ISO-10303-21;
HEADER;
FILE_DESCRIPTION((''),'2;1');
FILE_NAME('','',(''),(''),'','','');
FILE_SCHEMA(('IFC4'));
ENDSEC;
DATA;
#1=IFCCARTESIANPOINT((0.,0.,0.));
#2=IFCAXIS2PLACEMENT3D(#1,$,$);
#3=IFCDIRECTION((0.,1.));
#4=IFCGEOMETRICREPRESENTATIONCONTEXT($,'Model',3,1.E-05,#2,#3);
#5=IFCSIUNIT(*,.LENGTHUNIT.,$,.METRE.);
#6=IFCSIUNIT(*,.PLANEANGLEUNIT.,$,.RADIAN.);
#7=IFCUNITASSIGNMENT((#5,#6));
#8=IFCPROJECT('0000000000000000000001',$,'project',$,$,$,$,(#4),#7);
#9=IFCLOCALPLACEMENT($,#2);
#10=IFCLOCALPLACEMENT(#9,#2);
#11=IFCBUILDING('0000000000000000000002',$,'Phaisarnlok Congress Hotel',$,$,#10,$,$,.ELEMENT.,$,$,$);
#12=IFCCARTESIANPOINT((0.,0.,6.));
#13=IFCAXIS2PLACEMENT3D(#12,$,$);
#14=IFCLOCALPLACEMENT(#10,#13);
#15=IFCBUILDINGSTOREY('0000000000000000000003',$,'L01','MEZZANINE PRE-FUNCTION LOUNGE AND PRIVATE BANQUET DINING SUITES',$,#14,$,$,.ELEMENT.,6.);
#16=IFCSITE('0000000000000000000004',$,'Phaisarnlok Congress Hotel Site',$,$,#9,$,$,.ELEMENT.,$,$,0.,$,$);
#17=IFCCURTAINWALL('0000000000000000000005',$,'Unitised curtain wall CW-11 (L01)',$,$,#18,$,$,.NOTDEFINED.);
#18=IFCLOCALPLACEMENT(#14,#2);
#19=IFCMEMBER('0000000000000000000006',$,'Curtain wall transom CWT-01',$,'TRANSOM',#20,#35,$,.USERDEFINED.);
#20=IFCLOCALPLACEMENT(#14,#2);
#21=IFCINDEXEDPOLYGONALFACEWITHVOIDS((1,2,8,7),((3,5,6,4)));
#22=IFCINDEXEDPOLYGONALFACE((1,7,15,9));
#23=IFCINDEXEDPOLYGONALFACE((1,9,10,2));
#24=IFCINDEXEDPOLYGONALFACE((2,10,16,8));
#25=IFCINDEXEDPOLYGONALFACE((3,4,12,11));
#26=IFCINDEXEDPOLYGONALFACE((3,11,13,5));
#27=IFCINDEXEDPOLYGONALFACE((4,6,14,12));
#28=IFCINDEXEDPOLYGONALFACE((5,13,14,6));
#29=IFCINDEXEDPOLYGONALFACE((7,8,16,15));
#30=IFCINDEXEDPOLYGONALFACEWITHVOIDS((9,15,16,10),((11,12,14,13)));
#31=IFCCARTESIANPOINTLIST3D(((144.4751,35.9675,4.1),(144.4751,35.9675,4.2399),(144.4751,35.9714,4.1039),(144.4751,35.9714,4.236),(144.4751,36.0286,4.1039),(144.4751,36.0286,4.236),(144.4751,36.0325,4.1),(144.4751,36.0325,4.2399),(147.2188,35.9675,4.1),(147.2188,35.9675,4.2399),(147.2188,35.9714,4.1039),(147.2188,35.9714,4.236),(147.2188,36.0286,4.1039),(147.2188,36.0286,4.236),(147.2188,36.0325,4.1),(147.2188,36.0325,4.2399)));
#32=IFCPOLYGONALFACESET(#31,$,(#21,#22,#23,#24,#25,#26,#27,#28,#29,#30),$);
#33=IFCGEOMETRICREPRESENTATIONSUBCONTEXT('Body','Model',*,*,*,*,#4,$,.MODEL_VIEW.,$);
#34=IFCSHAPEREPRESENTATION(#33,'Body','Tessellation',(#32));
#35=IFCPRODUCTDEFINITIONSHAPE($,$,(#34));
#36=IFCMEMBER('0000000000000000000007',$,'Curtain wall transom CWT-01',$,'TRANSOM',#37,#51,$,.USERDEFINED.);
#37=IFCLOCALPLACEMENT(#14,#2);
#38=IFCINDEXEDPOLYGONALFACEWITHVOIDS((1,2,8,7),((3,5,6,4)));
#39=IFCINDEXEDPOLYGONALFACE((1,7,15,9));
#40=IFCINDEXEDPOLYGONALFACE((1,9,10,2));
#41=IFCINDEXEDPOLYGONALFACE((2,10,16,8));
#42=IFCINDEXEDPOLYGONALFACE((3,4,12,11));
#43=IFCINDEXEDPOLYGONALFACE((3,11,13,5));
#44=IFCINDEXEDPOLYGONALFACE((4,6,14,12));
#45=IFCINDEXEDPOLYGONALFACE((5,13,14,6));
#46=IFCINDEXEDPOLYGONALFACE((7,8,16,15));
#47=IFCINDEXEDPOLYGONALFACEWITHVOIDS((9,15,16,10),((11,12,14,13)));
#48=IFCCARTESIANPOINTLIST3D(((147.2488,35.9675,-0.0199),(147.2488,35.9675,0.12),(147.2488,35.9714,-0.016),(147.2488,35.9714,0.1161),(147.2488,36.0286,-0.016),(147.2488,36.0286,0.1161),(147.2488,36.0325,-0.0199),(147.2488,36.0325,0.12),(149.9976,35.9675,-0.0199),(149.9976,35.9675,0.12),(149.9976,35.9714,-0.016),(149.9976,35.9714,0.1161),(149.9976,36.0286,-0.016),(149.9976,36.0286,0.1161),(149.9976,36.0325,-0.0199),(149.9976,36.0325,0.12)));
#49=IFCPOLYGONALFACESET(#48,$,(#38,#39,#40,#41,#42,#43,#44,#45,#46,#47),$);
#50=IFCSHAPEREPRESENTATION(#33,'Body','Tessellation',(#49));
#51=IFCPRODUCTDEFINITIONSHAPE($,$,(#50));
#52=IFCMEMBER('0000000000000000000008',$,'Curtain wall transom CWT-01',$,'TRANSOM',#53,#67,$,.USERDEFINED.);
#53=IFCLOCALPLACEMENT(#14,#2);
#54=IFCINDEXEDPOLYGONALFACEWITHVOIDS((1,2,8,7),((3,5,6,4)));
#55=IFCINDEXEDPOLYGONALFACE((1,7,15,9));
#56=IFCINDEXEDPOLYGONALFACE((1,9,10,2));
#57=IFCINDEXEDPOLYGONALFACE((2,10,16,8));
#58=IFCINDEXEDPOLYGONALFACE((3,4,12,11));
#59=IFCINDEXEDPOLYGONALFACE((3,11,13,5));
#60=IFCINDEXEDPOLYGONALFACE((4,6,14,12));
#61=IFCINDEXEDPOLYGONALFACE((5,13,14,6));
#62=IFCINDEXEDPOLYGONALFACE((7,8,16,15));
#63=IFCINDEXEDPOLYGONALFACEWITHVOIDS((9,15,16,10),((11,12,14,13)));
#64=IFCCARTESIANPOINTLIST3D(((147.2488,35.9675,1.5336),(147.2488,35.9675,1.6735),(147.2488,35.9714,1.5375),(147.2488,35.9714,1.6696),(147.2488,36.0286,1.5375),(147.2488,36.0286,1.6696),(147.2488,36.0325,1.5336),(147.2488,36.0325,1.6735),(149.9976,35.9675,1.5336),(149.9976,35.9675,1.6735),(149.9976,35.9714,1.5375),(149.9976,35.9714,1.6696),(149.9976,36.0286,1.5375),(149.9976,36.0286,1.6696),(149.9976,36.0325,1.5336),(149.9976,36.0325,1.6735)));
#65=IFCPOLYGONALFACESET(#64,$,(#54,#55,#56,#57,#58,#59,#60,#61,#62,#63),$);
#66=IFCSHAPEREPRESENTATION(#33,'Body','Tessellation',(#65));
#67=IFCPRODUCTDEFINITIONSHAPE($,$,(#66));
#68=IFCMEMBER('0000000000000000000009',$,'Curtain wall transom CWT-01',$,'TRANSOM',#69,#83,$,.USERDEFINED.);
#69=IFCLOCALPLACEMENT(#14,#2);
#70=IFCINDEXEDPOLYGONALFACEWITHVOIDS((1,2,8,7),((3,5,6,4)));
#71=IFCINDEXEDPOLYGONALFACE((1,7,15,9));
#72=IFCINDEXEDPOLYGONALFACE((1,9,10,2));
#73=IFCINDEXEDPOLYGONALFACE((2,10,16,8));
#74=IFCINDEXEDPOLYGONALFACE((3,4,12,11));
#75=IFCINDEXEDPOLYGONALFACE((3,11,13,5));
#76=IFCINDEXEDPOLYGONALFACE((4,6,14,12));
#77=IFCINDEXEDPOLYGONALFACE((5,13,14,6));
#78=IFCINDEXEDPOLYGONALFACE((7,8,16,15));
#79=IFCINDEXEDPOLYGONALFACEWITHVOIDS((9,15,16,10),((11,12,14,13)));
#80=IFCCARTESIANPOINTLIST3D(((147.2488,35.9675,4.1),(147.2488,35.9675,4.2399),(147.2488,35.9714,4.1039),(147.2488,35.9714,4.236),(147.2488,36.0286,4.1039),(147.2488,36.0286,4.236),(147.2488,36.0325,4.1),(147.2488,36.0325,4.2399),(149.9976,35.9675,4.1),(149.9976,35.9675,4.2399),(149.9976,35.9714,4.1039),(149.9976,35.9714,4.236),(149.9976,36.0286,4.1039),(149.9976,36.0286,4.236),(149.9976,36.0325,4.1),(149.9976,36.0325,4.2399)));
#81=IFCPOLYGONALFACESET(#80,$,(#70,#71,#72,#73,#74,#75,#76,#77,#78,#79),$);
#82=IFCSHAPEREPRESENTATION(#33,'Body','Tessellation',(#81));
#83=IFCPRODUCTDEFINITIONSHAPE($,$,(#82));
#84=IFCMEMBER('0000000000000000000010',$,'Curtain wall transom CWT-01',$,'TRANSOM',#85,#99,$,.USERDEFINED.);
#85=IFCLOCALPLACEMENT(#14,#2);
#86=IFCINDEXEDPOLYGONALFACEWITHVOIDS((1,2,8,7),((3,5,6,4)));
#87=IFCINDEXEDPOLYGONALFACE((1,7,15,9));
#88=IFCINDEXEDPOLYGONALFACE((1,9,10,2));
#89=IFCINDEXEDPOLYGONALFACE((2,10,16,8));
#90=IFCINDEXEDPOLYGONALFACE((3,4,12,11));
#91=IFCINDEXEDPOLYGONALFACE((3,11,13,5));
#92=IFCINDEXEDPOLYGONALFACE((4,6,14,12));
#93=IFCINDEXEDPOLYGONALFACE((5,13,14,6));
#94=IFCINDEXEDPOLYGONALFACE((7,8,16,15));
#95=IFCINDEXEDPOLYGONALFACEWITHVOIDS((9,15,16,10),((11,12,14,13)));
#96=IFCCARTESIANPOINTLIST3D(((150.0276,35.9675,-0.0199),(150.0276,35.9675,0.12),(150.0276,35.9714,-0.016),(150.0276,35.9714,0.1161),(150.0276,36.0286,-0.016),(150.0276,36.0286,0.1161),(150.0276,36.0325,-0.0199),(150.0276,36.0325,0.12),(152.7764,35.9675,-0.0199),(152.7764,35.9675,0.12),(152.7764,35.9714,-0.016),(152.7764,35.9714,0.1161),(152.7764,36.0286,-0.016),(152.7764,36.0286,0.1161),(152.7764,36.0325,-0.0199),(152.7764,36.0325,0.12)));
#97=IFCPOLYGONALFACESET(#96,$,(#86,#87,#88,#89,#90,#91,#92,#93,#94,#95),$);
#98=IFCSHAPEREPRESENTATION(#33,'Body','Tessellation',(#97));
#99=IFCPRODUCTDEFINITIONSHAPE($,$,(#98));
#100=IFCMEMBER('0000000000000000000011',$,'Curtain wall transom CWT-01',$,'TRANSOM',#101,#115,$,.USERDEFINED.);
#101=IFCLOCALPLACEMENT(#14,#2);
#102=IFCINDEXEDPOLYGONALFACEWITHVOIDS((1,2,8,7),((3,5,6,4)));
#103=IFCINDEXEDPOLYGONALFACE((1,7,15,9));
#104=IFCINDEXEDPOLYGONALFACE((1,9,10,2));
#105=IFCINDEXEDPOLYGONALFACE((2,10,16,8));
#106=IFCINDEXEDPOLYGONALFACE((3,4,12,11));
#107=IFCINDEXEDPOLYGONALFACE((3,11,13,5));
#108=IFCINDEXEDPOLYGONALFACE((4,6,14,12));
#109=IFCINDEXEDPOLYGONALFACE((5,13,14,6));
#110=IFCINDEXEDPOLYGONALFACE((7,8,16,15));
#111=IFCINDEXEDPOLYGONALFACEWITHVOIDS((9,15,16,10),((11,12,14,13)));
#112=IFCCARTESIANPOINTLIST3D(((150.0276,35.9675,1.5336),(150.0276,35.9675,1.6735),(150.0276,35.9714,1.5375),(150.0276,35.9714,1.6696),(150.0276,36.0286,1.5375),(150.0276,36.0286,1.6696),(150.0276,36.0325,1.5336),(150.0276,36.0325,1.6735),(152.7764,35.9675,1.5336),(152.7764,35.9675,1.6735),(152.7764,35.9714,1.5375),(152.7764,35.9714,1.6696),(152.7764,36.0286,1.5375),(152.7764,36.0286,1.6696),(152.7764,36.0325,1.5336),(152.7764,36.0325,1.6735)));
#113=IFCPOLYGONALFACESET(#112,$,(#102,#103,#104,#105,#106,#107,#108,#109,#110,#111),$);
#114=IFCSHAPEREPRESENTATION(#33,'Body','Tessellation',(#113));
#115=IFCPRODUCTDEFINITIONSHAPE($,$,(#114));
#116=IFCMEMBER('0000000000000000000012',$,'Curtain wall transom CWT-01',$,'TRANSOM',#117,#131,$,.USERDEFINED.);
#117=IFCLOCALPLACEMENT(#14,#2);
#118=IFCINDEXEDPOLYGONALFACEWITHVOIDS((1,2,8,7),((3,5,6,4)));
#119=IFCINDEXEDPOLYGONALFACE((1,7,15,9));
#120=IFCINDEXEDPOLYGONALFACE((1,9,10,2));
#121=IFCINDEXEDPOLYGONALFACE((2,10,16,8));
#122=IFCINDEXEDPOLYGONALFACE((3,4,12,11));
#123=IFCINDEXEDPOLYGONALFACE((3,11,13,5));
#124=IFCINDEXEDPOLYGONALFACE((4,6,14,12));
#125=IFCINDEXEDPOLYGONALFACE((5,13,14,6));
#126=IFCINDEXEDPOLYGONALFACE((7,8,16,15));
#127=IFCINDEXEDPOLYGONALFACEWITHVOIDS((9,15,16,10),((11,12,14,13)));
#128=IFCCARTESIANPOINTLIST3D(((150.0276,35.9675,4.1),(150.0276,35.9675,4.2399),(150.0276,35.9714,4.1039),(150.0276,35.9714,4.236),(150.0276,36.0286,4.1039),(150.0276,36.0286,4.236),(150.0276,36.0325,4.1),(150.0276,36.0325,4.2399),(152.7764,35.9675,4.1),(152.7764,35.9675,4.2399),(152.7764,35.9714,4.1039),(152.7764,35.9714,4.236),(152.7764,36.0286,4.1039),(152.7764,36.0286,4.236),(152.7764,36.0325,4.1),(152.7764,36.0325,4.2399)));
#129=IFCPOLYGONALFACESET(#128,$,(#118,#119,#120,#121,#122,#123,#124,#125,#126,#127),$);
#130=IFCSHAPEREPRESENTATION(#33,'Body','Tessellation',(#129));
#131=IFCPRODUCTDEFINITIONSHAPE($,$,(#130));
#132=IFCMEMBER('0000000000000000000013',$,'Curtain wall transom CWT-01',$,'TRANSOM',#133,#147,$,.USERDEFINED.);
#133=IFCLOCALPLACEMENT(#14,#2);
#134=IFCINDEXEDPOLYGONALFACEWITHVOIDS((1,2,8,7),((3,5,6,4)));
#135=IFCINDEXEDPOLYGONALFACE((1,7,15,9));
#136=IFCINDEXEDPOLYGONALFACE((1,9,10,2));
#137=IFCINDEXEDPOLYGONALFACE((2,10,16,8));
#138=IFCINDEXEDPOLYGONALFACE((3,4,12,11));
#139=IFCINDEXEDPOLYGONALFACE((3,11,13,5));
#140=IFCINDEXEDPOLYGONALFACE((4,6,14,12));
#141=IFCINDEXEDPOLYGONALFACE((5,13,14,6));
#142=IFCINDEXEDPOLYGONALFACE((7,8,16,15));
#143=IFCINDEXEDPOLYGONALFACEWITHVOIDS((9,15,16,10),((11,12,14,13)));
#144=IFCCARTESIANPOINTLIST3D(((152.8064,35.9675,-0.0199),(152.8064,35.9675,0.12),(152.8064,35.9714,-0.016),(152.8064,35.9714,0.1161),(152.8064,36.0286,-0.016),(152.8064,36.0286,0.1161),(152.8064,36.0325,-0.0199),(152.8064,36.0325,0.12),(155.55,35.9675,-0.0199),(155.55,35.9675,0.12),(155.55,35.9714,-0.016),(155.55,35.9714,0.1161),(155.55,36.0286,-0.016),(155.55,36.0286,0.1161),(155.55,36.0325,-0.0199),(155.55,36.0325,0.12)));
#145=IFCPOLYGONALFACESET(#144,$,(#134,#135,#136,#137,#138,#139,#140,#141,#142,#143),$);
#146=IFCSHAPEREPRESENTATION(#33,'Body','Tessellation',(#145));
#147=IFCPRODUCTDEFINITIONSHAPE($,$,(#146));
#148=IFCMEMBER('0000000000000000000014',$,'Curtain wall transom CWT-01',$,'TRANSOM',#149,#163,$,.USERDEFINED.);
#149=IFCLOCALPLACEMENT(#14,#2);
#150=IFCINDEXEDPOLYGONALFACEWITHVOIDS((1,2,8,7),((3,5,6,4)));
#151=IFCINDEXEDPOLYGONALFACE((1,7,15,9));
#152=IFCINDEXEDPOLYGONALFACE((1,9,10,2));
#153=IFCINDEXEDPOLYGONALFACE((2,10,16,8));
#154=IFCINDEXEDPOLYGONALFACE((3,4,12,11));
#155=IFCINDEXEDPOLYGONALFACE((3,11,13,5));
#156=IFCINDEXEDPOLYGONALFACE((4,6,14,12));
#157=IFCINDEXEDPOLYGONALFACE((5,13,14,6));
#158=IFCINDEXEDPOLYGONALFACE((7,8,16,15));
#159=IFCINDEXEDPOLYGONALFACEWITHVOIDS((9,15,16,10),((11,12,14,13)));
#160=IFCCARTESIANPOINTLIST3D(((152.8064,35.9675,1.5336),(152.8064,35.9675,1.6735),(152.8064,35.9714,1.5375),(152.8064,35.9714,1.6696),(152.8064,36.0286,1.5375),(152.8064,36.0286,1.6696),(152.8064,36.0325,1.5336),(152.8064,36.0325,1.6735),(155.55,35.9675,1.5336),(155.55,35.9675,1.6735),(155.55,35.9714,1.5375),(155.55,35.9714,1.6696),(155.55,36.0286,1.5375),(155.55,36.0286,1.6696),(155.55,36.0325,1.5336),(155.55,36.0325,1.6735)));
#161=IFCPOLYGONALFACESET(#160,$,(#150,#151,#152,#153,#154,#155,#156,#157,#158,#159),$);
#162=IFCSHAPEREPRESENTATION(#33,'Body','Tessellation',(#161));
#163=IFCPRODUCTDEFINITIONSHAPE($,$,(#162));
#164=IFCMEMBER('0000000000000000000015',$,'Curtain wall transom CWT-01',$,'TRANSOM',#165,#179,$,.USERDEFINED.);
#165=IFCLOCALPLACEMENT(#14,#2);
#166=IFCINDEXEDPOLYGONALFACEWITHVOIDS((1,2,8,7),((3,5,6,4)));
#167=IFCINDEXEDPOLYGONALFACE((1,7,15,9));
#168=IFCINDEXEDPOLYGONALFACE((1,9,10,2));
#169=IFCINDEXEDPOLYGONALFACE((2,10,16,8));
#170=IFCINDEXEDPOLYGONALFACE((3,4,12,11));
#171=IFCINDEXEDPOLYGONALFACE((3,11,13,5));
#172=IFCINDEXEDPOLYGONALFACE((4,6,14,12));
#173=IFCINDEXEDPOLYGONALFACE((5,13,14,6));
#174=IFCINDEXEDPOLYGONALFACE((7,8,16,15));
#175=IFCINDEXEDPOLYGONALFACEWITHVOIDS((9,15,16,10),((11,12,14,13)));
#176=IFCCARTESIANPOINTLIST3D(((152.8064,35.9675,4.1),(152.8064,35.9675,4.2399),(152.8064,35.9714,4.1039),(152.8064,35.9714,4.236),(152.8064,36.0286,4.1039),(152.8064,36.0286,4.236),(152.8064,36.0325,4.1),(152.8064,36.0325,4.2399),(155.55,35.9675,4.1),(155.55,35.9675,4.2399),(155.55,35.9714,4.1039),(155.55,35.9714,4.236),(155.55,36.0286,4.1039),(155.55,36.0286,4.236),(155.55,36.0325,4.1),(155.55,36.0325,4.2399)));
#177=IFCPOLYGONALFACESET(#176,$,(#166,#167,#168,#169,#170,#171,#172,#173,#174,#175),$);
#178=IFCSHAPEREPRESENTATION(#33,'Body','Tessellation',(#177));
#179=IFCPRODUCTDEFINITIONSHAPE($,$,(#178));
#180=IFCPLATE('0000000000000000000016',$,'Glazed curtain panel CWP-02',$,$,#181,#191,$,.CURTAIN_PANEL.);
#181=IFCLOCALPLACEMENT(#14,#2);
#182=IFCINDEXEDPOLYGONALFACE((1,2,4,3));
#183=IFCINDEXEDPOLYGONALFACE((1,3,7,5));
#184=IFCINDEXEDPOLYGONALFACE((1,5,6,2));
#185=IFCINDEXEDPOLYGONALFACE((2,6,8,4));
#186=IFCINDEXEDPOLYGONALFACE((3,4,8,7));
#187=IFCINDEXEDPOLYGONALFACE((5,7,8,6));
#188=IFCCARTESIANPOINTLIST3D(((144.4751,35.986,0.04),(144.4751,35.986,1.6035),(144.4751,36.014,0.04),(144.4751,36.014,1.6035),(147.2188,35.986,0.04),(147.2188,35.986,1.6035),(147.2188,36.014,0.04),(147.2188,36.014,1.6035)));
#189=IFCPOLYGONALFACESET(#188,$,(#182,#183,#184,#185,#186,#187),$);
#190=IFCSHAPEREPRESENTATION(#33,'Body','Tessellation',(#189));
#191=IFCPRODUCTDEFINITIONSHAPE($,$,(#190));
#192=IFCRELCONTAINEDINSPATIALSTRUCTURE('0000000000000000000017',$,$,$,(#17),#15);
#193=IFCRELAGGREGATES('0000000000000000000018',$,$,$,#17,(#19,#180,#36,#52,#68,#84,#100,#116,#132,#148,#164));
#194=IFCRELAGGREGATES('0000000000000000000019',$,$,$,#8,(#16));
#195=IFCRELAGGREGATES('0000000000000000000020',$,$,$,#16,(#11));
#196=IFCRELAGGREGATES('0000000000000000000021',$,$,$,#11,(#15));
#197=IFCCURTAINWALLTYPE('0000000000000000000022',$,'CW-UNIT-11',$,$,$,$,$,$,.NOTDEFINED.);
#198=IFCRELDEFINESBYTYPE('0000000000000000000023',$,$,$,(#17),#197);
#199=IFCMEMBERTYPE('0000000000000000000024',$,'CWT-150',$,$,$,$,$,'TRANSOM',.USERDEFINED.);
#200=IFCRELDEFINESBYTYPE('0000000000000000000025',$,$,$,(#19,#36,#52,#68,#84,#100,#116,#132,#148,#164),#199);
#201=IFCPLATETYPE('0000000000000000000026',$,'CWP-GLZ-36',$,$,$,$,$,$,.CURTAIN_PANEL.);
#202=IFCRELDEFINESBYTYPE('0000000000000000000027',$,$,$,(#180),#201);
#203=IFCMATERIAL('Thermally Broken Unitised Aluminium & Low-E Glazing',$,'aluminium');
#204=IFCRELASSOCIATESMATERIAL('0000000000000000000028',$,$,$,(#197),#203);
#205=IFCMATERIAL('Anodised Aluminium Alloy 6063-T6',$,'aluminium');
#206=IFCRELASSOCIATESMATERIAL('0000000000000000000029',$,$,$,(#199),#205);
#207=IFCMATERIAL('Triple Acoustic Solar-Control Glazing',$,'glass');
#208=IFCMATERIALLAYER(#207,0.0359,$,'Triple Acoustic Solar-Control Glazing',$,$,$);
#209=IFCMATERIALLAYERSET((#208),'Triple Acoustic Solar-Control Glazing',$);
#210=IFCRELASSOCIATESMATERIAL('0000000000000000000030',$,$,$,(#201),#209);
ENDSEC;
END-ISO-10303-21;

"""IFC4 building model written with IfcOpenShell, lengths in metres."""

from ifc_helpers import new_model, si_unit, direction, frame, frame_2d, origin, origin_2d, place, context, subcontext, project, spatial, rectangle, hollow_rectangle, extrude, material, layer, layer_set, material_profile, profile_set, type_object, element, aggregate, save


model = new_model("IFC4")

# Units and contexts
model_context = context("Model", 3, precision=1e-05, world=origin(), true_north=direction((0.0, 1.0)))
body_context = subcontext(model_context, "Body", "Model", "MODEL_VIEW")
ifc_project = project(units=[si_unit("LENGTHUNIT", "METRE"), si_unit("PLANEANGLEUNIT", "RADIAN")], contexts=[model_context])

# Site, building, storey
site_placement = place(None, origin())
site = spatial("IfcSite", under=ifc_project, at=site_placement, Name="Phaisarnlok Congress Hotel Site", CompositionType="ELEMENT", RefElevation=0.0)
building_placement = place(site_placement, origin())
building = spatial("IfcBuilding", under=site, at=building_placement, Name="Phaisarnlok Congress Hotel", CompositionType="ELEMENT")
storey_placement = place(building_placement, frame((0.0, 0.0, 6.0)))
storey = spatial("IfcBuildingStorey", under=building, at=storey_placement, Name="L01", Description="MEZZANINE PRE-FUNCTION LOUNGE AND PRIVATE BANQUET DINING SUITES", CompositionType="ELEMENT", Elevation=6.0)

# Curtain wall, members, plate
ifc_material_1 = material(Name="Thermally Broken Unitised Aluminium & Low-E Glazing", Category="aluminium")
curtain_wall_type = type_object("IfcCurtainWallType", Name="CW-UNIT-11", PredefinedType="NOTDEFINED", material=ifc_material_1)
curtain_wall_placement = place(storey_placement, origin())
curtain_wall = element("IfcCurtainWall", 1, at=curtain_wall_placement, inside=storey, type_object=curtain_wall_type, Name="Unitised curtain wall CW-11 (L01)", PredefinedType="NOTDEFINED")
ifc_material_2 = material(Name="Anodised Aluminium Alloy 6063-T6", Category="aluminium")
ifc_material_profile_1 = material_profile(ifc_material_2, hollow_rectangle(XDim=0.0649, YDim=0.1399, WallThickness=0.0039, at=origin_2d()), Name="ALU-T 65x140x4")
ifc_profile_set_1 = profile_set([ifc_material_profile_1], Name="Anodised Aluminium Alloy 6063-T6")
member_type_1 = type_object("IfcMemberType", Name="CWT-150", ElementType="TRANSOM", PredefinedType="USERDEFINED", material=ifc_profile_set_1)
member_1_placement = place(storey_placement, frame((144.4751, 36.0, 4.1699), z_axis=(1.0, 0.0, 0.0), x_axis=(0.0, 1.0, 0.0)))
member_1 = element("IfcMember", 2, at=member_1_placement, type_object=member_type_1, Name="Curtain wall transom CWT-01", ObjectType="TRANSOM", PredefinedType="USERDEFINED", context=body_context, shape_type="SweptSolid", body=[
    extrude(hollow_rectangle(XDim=0.0649, YDim=0.1399, WallThickness=0.0039, at=origin_2d()), origin(), (0.0, 0.0, 1.0), 2.7437),
])
member_2_placement = place(storey_placement, frame((147.2488, 36.0, 0.05), z_axis=(1.0, 0.0, 0.0), x_axis=(0.0, 1.0, 0.0)))
member_2 = element("IfcMember", 3, at=member_2_placement, type_object=member_type_1, Name="Curtain wall transom CWT-01", ObjectType="TRANSOM", PredefinedType="USERDEFINED", context=body_context, shape_type="SweptSolid", body=[
    extrude(hollow_rectangle(XDim=0.0649, YDim=0.1399, WallThickness=0.0039, at=origin_2d()), origin(), (0.0, 0.0, 1.0), 2.7488),
])
member_3_placement = place(storey_placement, frame((147.2488, 36.0, 1.6035), z_axis=(1.0, 0.0, 0.0), x_axis=(0.0, 1.0, 0.0)))
member_3 = element("IfcMember", 4, at=member_3_placement, type_object=member_type_1, Name="Curtain wall transom CWT-01", ObjectType="TRANSOM", PredefinedType="USERDEFINED", context=body_context, shape_type="SweptSolid", body=[
    extrude(hollow_rectangle(XDim=0.0649, YDim=0.1399, WallThickness=0.0039, at=origin_2d()), origin(), (0.0, 0.0, 1.0), 2.7488),
])
member_4_placement = place(storey_placement, frame((147.2488, 36.0, 4.1699), z_axis=(1.0, 0.0, 0.0), x_axis=(0.0, 1.0, 0.0)))
member_4 = element("IfcMember", 5, at=member_4_placement, type_object=member_type_1, Name="Curtain wall transom CWT-01", ObjectType="TRANSOM", PredefinedType="USERDEFINED", context=body_context, shape_type="SweptSolid", body=[
    extrude(hollow_rectangle(XDim=0.0649, YDim=0.1399, WallThickness=0.0039, at=origin_2d()), origin(), (0.0, 0.0, 1.0), 2.7488),
])
member_5_placement = place(storey_placement, frame((150.0276, 36.0, 0.05), z_axis=(1.0, 0.0, 0.0), x_axis=(0.0, 1.0, 0.0)))
member_5 = element("IfcMember", 6, at=member_5_placement, type_object=member_type_1, Name="Curtain wall transom CWT-01", ObjectType="TRANSOM", PredefinedType="USERDEFINED", context=body_context, shape_type="SweptSolid", body=[
    extrude(hollow_rectangle(XDim=0.0649, YDim=0.1399, WallThickness=0.0039, at=origin_2d()), origin(), (0.0, 0.0, 1.0), 2.7488),
])
member_6_placement = place(storey_placement, frame((150.0276, 36.0, 1.6035), z_axis=(1.0, 0.0, 0.0), x_axis=(0.0, 1.0, 0.0)))
member_6 = element("IfcMember", 7, at=member_6_placement, type_object=member_type_1, Name="Curtain wall transom CWT-01", ObjectType="TRANSOM", PredefinedType="USERDEFINED", context=body_context, shape_type="SweptSolid", body=[
    extrude(hollow_rectangle(XDim=0.0649, YDim=0.1399, WallThickness=0.0039, at=origin_2d()), origin(), (0.0, 0.0, 1.0), 2.7488),
])
member_7_placement = place(storey_placement, frame((150.0276, 36.0, 4.1699), z_axis=(1.0, 0.0, 0.0), x_axis=(0.0, 1.0, 0.0)))
member_7 = element("IfcMember", 8, at=member_7_placement, type_object=member_type_1, Name="Curtain wall transom CWT-01", ObjectType="TRANSOM", PredefinedType="USERDEFINED", context=body_context, shape_type="SweptSolid", body=[
    extrude(hollow_rectangle(XDim=0.0649, YDim=0.1399, WallThickness=0.0039, at=origin_2d()), origin(), (0.0, 0.0, 1.0), 2.7488),
])
member_8_placement = place(storey_placement, frame((152.8064, 36.0, 0.05), z_axis=(1.0, 0.0, 0.0), x_axis=(0.0, 1.0, 0.0)))
member_8 = element("IfcMember", 9, at=member_8_placement, type_object=member_type_1, Name="Curtain wall transom CWT-01", ObjectType="TRANSOM", PredefinedType="USERDEFINED", context=body_context, shape_type="SweptSolid", body=[
    extrude(hollow_rectangle(XDim=0.0649, YDim=0.1399, WallThickness=0.0039, at=origin_2d()), origin(), (0.0, 0.0, 1.0), 2.7437),
])
member_9_placement = place(storey_placement, frame((152.8064, 36.0, 1.6035), z_axis=(1.0, 0.0, 0.0), x_axis=(0.0, 1.0, 0.0)))
member_9 = element("IfcMember", 10, at=member_9_placement, type_object=member_type_1, Name="Curtain wall transom CWT-01", ObjectType="TRANSOM", PredefinedType="USERDEFINED", context=body_context, shape_type="SweptSolid", body=[
    extrude(hollow_rectangle(XDim=0.0649, YDim=0.1399, WallThickness=0.0039, at=origin_2d()), origin(), (0.0, 0.0, 1.0), 2.7437),
])
member_10_placement = place(storey_placement, frame((152.8064, 36.0, 4.1699), z_axis=(1.0, 0.0, 0.0), x_axis=(0.0, 1.0, 0.0)))
member_10 = element("IfcMember", 11, at=member_10_placement, type_object=member_type_1, Name="Curtain wall transom CWT-01", ObjectType="TRANSOM", PredefinedType="USERDEFINED", context=body_context, shape_type="SweptSolid", body=[
    extrude(hollow_rectangle(XDim=0.0649, YDim=0.1399, WallThickness=0.0039, at=origin_2d()), origin(), (0.0, 0.0, 1.0), 2.7437),
])
ifc_material_3 = material(Name="Triple Acoustic Solar-Control Glazing", Category="glass")
ifc_layer = layer(ifc_material_3, 0.0359, Name="Triple Acoustic Solar-Control Glazing")
ifc_layer_set = layer_set([ifc_layer], Name="Triple Acoustic Solar-Control Glazing")
plate_type = type_object("IfcPlateType", Name="CWP-GLZ-36", PredefinedType="CURTAIN_PANEL", material=ifc_layer_set)
plate_1_placement = place(storey_placement, frame((144.4751, 36.0, 0.04), z_axis=(0.0, 0.0, 1.0), x_axis=(1.0, 0.0, 0.0)))
plate_1 = element("IfcPlate", 12, at=plate_1_placement, type_object=plate_type, Name="Glazed curtain panel CWP-02", PredefinedType="CURTAIN_PANEL", context=body_context, shape_type="SweptSolid", body=[
    extrude(rectangle(XDim=2.7437, YDim=0.0281, at=frame_2d((1.3718, 0.0))), origin(), (0.0, 0.0, 1.0), 1.5635),
])
aggregate(curtain_wall, [member_1, plate_1, member_2, member_3, member_4, member_5, member_6, member_7, member_8, member_9, member_10])

save(model, "model.ifc")
